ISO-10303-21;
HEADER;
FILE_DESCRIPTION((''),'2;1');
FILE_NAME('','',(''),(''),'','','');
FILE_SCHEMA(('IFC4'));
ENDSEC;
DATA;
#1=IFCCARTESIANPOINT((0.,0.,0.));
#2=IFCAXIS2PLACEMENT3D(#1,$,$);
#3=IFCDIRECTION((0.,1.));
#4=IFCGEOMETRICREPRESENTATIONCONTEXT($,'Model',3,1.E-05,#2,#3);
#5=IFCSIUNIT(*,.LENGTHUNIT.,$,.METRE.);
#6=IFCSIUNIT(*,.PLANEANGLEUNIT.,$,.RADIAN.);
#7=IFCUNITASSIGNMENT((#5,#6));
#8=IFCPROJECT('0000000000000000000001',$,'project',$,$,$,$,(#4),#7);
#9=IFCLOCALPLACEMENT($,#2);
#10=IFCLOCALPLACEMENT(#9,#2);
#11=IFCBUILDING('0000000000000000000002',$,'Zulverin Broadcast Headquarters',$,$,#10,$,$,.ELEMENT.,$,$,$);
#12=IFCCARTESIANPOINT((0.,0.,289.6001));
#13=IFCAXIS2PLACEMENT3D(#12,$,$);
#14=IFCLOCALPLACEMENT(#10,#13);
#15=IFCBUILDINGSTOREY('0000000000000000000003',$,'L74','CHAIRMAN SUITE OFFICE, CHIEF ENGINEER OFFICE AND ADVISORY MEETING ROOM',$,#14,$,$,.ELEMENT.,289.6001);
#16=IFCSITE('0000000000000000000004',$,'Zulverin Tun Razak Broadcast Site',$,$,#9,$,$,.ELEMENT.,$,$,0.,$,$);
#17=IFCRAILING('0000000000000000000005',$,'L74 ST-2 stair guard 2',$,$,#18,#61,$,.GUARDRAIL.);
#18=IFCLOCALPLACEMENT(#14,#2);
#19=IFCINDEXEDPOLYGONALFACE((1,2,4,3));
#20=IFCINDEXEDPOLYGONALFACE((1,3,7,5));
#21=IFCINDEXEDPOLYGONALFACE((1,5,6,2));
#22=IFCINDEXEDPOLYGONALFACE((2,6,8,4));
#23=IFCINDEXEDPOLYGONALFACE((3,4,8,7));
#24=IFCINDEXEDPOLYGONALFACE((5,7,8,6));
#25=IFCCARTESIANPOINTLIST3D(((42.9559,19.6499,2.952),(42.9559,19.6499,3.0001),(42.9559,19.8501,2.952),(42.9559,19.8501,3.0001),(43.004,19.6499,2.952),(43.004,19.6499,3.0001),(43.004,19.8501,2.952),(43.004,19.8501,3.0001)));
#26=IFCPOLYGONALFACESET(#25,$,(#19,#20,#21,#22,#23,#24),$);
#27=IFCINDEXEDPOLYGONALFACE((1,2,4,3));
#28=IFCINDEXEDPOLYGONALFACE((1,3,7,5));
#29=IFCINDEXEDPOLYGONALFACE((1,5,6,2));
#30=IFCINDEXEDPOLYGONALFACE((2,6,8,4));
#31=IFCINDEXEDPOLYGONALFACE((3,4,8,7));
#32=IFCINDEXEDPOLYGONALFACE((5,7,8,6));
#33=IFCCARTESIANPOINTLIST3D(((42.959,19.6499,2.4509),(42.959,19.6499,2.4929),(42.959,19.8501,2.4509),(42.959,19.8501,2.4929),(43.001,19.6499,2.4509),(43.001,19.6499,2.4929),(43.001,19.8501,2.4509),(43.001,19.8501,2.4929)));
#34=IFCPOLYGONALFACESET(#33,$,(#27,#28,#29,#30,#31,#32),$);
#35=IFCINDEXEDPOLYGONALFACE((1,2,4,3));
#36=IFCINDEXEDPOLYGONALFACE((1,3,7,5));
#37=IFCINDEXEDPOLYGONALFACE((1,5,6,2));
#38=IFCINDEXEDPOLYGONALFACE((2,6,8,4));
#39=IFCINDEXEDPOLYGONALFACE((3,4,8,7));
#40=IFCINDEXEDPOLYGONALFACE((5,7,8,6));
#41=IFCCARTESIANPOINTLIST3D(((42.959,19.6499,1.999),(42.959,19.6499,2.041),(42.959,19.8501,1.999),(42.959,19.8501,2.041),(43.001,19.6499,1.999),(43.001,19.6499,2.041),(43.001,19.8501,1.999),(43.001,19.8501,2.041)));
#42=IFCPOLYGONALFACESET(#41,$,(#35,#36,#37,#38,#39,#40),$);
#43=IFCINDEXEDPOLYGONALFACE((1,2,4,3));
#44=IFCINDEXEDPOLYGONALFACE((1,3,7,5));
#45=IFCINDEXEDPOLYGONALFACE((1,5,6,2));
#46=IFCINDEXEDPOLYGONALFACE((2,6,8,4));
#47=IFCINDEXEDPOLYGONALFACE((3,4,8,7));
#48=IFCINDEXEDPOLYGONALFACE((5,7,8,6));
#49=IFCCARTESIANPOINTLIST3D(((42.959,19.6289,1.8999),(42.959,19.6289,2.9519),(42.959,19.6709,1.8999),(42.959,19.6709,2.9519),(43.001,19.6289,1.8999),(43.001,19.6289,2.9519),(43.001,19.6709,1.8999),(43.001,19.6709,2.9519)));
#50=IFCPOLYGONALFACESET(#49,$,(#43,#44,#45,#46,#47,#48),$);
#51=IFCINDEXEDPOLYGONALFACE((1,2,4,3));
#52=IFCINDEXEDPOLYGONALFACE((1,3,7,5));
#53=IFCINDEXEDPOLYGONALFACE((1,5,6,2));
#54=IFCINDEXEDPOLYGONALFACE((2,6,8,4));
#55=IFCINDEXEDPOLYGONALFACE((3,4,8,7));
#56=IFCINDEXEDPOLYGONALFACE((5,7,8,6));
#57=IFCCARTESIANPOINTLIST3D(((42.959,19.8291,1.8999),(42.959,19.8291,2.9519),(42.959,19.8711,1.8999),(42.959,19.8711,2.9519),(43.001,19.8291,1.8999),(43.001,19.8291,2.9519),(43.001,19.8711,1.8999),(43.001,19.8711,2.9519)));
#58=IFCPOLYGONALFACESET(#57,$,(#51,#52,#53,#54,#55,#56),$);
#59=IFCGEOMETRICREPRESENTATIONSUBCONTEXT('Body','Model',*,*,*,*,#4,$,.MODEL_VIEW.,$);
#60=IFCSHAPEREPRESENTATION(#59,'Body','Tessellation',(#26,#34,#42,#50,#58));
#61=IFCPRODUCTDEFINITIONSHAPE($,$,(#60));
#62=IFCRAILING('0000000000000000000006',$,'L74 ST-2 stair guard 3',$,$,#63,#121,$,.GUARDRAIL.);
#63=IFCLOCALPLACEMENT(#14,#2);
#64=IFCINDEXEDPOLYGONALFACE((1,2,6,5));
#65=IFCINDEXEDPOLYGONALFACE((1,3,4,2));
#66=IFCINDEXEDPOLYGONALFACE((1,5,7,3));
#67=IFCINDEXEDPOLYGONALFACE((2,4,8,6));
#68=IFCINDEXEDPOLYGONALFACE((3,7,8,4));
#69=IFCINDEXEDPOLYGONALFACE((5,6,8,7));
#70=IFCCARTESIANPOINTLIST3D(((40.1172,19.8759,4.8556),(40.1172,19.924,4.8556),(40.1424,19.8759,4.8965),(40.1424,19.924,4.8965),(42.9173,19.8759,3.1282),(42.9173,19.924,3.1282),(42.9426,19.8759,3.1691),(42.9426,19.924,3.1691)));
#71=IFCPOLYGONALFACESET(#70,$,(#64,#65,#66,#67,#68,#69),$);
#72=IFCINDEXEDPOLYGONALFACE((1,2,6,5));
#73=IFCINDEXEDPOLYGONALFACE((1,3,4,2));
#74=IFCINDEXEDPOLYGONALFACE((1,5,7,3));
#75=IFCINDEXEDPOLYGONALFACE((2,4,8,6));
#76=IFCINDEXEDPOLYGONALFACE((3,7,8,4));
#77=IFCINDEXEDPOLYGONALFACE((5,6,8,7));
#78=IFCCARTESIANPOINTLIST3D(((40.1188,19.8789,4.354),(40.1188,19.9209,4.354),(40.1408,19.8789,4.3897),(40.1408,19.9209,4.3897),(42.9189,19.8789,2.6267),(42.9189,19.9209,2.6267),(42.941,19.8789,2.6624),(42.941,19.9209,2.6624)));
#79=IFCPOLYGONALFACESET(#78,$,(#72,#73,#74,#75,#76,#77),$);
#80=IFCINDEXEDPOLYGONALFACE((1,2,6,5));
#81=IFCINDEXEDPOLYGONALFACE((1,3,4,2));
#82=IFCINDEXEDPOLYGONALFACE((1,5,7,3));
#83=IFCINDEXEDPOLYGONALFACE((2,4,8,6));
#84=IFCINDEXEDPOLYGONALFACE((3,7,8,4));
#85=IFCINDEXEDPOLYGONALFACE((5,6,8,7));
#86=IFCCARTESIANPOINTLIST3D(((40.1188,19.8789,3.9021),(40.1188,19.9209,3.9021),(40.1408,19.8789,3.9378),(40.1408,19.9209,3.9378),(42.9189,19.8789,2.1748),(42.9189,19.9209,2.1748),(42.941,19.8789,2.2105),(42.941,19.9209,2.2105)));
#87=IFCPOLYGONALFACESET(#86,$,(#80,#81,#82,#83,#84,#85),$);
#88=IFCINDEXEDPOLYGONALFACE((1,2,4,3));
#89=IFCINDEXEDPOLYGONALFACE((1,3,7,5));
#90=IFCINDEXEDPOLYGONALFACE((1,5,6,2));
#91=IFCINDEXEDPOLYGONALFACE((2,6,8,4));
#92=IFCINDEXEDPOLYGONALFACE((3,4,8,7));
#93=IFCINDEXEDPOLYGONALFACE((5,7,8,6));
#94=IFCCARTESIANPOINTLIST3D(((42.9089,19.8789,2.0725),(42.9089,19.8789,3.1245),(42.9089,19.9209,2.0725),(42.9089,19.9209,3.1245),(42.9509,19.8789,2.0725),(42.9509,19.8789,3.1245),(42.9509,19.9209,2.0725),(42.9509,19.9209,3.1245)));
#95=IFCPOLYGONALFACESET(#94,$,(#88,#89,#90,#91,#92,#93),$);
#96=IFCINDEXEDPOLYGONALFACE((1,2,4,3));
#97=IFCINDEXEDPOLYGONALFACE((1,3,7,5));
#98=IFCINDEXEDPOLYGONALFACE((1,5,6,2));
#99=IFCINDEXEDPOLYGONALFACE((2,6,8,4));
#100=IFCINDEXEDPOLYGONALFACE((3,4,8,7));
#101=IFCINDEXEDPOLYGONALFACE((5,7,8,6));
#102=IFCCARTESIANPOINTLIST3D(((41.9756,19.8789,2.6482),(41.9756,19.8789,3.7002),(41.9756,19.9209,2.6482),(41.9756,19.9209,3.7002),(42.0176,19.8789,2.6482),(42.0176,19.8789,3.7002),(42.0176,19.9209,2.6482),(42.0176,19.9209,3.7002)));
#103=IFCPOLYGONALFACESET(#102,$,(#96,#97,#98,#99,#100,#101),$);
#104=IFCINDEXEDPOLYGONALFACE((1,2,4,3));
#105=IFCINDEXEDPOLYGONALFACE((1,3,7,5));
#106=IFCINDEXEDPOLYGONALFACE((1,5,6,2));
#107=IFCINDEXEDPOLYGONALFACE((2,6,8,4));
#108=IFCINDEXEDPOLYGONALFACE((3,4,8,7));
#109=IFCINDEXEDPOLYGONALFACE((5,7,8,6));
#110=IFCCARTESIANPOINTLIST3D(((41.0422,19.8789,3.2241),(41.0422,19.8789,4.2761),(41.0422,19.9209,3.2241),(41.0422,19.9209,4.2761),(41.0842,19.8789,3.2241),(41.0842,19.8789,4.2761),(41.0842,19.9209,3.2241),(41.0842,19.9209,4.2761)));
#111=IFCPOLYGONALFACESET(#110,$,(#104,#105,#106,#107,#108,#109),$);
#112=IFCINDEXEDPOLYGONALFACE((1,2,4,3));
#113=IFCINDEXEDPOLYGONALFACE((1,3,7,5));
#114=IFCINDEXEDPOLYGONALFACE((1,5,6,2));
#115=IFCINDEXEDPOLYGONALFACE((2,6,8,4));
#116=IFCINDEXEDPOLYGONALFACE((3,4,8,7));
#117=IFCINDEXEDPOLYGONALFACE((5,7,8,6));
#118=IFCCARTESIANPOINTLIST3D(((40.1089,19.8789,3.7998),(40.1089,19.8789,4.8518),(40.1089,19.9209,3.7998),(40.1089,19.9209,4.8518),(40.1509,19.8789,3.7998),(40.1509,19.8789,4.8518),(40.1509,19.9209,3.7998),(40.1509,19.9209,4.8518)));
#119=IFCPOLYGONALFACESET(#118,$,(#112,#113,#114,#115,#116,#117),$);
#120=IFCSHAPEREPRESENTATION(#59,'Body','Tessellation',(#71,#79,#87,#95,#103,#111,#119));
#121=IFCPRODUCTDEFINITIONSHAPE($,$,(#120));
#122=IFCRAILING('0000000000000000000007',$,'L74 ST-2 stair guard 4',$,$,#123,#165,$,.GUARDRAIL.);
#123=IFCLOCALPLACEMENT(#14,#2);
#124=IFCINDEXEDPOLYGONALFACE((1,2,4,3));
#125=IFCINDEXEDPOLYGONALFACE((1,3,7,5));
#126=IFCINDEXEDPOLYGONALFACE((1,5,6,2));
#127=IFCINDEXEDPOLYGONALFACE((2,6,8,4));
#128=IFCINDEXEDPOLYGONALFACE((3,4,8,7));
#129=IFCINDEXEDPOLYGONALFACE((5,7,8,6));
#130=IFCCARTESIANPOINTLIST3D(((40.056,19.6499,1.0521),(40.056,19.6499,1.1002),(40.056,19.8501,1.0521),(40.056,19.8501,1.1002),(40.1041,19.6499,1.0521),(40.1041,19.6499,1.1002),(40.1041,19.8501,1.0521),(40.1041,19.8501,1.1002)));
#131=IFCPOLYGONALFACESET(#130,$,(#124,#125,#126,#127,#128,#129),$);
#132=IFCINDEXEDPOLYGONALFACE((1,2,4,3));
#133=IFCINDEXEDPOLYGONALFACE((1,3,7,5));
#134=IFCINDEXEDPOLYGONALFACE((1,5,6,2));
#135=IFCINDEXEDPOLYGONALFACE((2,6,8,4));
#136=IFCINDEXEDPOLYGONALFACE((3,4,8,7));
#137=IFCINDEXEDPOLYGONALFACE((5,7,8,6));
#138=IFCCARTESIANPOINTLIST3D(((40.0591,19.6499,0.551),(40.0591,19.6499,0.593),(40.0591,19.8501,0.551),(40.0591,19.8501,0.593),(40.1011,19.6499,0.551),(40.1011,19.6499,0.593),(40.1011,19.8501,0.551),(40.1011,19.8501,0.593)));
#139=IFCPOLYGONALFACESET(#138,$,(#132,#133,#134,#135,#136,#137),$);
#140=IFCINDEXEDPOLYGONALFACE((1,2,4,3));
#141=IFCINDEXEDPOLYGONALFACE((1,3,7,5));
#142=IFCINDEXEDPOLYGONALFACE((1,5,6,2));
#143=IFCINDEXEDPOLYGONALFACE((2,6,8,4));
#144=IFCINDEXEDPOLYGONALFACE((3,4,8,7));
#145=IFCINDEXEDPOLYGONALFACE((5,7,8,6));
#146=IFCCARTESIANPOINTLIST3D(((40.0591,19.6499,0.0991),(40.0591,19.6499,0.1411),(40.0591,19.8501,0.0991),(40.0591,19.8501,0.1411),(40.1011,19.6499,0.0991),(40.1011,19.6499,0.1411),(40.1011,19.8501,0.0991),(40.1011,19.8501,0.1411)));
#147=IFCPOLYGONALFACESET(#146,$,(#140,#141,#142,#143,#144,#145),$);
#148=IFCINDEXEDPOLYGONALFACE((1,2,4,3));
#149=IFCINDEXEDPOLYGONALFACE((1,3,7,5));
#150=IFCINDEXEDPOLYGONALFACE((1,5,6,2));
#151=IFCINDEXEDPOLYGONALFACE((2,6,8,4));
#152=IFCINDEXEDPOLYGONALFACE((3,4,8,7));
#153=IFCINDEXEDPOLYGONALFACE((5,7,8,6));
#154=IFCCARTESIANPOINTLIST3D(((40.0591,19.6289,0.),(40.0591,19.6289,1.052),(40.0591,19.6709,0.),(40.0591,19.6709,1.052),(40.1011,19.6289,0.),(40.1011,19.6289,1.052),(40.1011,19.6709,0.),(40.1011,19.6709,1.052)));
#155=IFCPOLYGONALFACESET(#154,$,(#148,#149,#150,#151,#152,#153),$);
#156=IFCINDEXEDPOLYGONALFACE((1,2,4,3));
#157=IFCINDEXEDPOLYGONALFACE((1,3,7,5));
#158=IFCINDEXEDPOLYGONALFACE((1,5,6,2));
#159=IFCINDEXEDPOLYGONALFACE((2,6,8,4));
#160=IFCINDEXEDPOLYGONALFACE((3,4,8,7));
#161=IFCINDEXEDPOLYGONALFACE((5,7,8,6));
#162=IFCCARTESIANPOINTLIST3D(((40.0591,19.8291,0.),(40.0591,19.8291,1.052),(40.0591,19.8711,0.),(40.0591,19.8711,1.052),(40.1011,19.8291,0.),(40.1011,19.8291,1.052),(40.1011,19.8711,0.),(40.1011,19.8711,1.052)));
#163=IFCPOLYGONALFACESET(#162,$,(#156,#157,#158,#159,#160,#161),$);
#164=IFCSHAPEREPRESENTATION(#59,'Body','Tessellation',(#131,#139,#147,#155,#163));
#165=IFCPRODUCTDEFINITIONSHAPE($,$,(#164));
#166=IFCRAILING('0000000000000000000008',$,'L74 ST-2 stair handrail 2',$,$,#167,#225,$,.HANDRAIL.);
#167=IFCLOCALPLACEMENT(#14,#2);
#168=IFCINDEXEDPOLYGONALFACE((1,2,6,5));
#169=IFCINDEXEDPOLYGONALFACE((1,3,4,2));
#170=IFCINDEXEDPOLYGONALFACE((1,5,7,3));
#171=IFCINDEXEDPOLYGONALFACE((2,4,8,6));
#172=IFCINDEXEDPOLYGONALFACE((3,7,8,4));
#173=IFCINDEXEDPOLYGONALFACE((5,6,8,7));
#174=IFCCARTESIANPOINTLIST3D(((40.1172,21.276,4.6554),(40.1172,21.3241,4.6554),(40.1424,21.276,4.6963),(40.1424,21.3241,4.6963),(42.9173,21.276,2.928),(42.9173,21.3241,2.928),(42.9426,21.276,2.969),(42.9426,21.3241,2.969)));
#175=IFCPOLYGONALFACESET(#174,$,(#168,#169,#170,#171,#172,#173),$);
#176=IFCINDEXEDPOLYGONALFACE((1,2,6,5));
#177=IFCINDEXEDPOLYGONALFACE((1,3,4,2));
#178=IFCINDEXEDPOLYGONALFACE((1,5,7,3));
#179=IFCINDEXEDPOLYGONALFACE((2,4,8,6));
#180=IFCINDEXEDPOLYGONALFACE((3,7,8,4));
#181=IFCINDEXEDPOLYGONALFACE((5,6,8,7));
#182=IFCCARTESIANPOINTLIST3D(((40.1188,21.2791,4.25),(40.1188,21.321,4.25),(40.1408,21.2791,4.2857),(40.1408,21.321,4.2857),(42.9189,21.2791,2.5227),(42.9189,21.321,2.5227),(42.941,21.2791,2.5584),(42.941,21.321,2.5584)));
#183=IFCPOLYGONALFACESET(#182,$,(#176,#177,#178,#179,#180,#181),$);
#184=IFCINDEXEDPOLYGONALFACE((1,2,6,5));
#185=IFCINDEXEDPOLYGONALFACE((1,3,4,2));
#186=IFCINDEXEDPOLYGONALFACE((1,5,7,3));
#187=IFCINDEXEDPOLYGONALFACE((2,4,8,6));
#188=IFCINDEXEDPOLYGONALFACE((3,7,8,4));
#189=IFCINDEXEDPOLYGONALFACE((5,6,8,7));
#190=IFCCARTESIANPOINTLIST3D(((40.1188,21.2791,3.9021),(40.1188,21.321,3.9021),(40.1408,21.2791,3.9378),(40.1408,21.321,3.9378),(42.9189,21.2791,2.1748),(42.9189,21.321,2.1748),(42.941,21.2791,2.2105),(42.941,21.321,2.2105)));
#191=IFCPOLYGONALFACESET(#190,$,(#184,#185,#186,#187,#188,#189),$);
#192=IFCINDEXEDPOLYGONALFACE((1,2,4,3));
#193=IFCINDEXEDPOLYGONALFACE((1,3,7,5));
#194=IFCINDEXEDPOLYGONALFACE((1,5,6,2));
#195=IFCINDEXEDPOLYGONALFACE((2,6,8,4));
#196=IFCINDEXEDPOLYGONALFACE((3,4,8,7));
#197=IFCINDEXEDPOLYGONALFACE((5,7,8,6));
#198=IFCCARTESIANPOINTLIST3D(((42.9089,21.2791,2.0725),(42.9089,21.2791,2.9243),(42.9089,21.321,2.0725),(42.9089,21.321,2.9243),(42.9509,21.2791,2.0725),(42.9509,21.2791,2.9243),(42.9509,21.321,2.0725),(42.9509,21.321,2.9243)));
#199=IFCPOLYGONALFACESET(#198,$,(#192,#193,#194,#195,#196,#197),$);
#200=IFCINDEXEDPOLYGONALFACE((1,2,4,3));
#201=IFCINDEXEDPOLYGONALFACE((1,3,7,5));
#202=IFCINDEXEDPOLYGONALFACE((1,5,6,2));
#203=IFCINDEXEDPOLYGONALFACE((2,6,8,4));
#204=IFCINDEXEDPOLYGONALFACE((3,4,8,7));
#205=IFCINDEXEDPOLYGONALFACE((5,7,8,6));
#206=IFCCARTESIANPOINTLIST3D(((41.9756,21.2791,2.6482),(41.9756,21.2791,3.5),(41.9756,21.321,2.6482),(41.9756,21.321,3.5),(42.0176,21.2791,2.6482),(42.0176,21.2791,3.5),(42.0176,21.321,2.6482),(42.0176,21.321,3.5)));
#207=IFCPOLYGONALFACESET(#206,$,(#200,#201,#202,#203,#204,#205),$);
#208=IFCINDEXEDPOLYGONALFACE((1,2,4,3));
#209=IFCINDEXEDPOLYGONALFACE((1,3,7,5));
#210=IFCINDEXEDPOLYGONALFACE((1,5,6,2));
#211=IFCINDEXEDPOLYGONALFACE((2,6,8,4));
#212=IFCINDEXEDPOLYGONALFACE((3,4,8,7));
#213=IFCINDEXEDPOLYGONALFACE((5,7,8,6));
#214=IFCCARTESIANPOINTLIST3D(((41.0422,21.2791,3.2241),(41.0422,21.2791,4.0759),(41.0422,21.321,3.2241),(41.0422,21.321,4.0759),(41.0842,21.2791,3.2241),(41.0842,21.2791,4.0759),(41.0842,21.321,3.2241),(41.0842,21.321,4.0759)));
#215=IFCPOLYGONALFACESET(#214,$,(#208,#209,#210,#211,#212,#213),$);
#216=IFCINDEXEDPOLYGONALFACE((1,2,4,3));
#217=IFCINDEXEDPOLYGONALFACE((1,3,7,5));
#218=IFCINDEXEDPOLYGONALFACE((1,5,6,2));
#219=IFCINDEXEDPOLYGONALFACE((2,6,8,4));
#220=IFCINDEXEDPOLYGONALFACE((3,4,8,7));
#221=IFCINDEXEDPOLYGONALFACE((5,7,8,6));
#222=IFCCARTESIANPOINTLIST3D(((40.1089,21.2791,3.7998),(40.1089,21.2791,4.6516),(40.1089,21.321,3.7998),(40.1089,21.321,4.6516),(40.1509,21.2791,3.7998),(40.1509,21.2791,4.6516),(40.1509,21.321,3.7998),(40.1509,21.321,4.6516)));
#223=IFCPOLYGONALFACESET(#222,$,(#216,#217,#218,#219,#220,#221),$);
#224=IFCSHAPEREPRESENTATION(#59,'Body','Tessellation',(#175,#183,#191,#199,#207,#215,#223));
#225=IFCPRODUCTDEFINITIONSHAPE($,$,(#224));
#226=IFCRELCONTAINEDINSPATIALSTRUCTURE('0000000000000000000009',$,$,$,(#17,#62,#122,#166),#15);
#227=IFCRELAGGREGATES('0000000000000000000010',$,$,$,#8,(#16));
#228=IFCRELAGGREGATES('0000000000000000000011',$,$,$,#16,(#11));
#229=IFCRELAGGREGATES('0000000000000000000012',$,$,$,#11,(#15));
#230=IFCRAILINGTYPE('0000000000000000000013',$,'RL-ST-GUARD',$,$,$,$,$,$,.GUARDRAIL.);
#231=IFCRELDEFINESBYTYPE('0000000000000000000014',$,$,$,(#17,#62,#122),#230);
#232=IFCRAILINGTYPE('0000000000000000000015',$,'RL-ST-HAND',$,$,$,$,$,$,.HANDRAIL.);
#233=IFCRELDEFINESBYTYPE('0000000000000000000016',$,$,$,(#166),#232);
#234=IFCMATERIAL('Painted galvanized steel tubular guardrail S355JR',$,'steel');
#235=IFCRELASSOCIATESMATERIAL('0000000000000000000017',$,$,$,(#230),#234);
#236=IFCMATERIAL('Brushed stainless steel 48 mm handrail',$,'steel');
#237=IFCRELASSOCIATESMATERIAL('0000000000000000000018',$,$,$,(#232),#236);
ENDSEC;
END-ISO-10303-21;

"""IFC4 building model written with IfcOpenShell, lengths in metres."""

from ifc_helpers import new_model, si_unit, direction, frame, origin, origin_2d, place, context, subcontext, project, spatial, rectangle, extrude, material, type_object, element, save


model = new_model("IFC4")

# Units and contexts
model_context = context("Model", 3, precision=1e-05, world=origin(), true_north=direction((0.0, 1.0)))
body_context = subcontext(model_context, "Body", "Model", "MODEL_VIEW")
ifc_project = project(units=[si_unit("LENGTHUNIT", "METRE"), si_unit("PLANEANGLEUNIT", "RADIAN")], contexts=[model_context])

# Site, building, storey
site_placement = place(None, origin())
site = spatial("IfcSite", under=ifc_project, at=site_placement, Name="Zulverin Tun Razak Broadcast Site", CompositionType="ELEMENT", RefElevation=0.0)
building_placement = place(site_placement, origin())
building = spatial("IfcBuilding", under=site, at=building_placement, Name="Zulverin Broadcast Headquarters", CompositionType="ELEMENT")
storey_placement = place(building_placement, frame((0.0, 0.0, 289.6001)))
storey = spatial("IfcBuildingStorey", under=building, at=storey_placement, Name="L74", Description="CHAIRMAN SUITE OFFICE, CHIEF ENGINEER OFFICE AND ADVISORY MEETING ROOM", CompositionType="ELEMENT", Elevation=289.6001)

# Railings
ifc_material_1 = material(Name="Painted galvanized steel tubular guardrail S355JR", Category="steel")
railing_type_1 = type_object("IfcRailingType", Name="RL-ST-GUARD", PredefinedType="GUARDRAIL", material=ifc_material_1)
railing_1_placement = place(storey_placement, frame((42.98, 19.6499, 1.8999)))
element("IfcRailing", 1, at=railing_1_placement, inside=storey, type_object=railing_type_1, Name="L74 ST-2 stair guard 2", PredefinedType="GUARDRAIL", context=body_context, shape_type="SweptSolid", body=[
    extrude(rectangle(XDim=0.0481, YDim=0.0481, at=origin_2d()), frame((0.0, 0.0, 1.0762), z_axis=(0.0, 1.0, 0.0), x_axis=(-1.0, 0.0, 0.0)), (0.0, 0.0, 1.0), 0.2002),
    extrude(rectangle(XDim=0.042, YDim=0.042, at=origin_2d()), frame((0.0, 0.0, 0.572), z_axis=(0.0, 1.0, 0.0), x_axis=(-1.0, 0.0, 0.0)), (0.0, 0.0, 1.0), 0.2002),
    extrude(rectangle(XDim=0.042, YDim=0.042, at=origin_2d()), frame((0.0, 0.0, 0.1201), z_axis=(0.0, 1.0, 0.0), x_axis=(-1.0, 0.0, 0.0)), (0.0, 0.0, 1.0), 0.2002),
    extrude(rectangle(XDim=0.042, YDim=0.042, at=origin_2d()), origin(), (0.0, 0.0, 1.0), 1.052),
    extrude(rectangle(XDim=0.042, YDim=0.042, at=origin_2d()), frame((0.0, 0.2002, 0.0)), (0.0, 0.0, 1.0), 1.052),
])
railing_2_placement = place(storey_placement, frame((42.9299, 19.8999, 2.0725)))
element("IfcRailing", 2, at=railing_2_placement, inside=storey, type_object=railing_type_1, Name="L74 ST-2 stair guard 3", PredefinedType="GUARDRAIL", context=body_context, shape_type="SweptSolid", body=[
    extrude(rectangle(XDim=0.0481, YDim=0.0481, at=origin_2d()), frame((0.0, 0.0, 1.0762), z_axis=(-0.85109, 0.0, 0.52502), x_axis=(0.0, -1.0, 0.0)), (0.0, 0.0, 1.0), 3.29),
    extrude(rectangle(XDim=0.042, YDim=0.042, at=origin_2d()), frame((0.0, 0.0, 0.572), z_axis=(-0.85109, 0.0, 0.52502), x_axis=(0.0, -1.0, 0.0)), (0.0, 0.0, 1.0), 3.29),
    extrude(rectangle(XDim=0.042, YDim=0.042, at=origin_2d()), frame((0.0, 0.0, 0.1201), z_axis=(-0.85109, 0.0, 0.52502), x_axis=(0.0, -1.0, 0.0)), (0.0, 0.0, 1.0), 3.29),
    extrude(rectangle(XDim=0.042, YDim=0.042, at=origin_2d()), origin(), (0.0, 0.0, 1.0), 1.052),
    extrude(rectangle(XDim=0.042, YDim=0.042, at=origin_2d()), frame((-0.9333, 0.0, 0.5757)), (0.0, 0.0, 1.0), 1.052),
    extrude(rectangle(XDim=0.042, YDim=0.042, at=origin_2d()), frame((-1.8667, 0.0, 1.1516)), (0.0, 0.0, 1.0), 1.052),
    extrude(rectangle(XDim=0.042, YDim=0.042, at=origin_2d()), frame((-2.8, 0.0, 1.7273)), (0.0, 0.0, 1.0), 1.052),
])
railing_3_placement = place(storey_placement, frame((40.0801, 19.6499, 0.0)))
element("IfcRailing", 3, at=railing_3_placement, inside=storey, type_object=railing_type_1, Name="L74 ST-2 stair guard 4", PredefinedType="GUARDRAIL", context=body_context, shape_type="SweptSolid", body=[
    extrude(rectangle(XDim=0.0481, YDim=0.0481, at=origin_2d()), frame((0.0, 0.0, 1.0762), z_axis=(0.0, 1.0, 0.0), x_axis=(-1.0, 0.0, 0.0)), (0.0, 0.0, 1.0), 0.2002),
    extrude(rectangle(XDim=0.042, YDim=0.042, at=origin_2d()), frame((0.0, 0.0, 0.572), z_axis=(0.0, 1.0, 0.0), x_axis=(-1.0, 0.0, 0.0)), (0.0, 0.0, 1.0), 0.2002),
    extrude(rectangle(XDim=0.042, YDim=0.042, at=origin_2d()), frame((0.0, 0.0, 0.1201), z_axis=(0.0, 1.0, 0.0), x_axis=(-1.0, 0.0, 0.0)), (0.0, 0.0, 1.0), 0.2002),
    extrude(rectangle(XDim=0.042, YDim=0.042, at=origin_2d()), origin(), (0.0, 0.0, 1.0), 1.052),
    extrude(rectangle(XDim=0.042, YDim=0.042, at=origin_2d()), frame((0.0, 0.2002, 0.0)), (0.0, 0.0, 1.0), 1.052),
])
ifc_material_2 = material(Name="Brushed stainless steel 48 mm handrail", Category="steel")
railing_type_2 = type_object("IfcRailingType", Name="RL-ST-HAND", PredefinedType="HANDRAIL", material=ifc_material_2)
railing_4_placement = place(storey_placement, frame((42.9299, 21.3, 2.0725)))
element("IfcRailing", 4, at=railing_4_placement, inside=storey, type_object=railing_type_2, Name="L74 ST-2 stair handrail 2", PredefinedType="HANDRAIL", context=body_context, shape_type="SweptSolid", body=[
    extrude(rectangle(XDim=0.0481, YDim=0.0481, at=origin_2d()), frame((0.0, 0.0, 0.876), z_axis=(-0.85109, 0.0, 0.52502), x_axis=(0.0, -1.0, 0.0)), (0.0, 0.0, 1.0), 3.29),
    extrude(rectangle(XDim=0.042, YDim=0.042, at=origin_2d()), frame((0.0, 0.0, 0.468), z_axis=(-0.85109, 0.0, 0.52502), x_axis=(0.0, -1.0, 0.0)), (0.0, 0.0, 1.0), 3.29),
    extrude(rectangle(XDim=0.042, YDim=0.042, at=origin_2d()), frame((0.0, 0.0, 0.1201), z_axis=(-0.85109, 0.0, 0.52502), x_axis=(0.0, -1.0, 0.0)), (0.0, 0.0, 1.0), 3.29),
    extrude(rectangle(XDim=0.042, YDim=0.042, at=origin_2d()), origin(), (0.0, 0.0, 1.0), 0.8518),
    extrude(rectangle(XDim=0.042, YDim=0.042, at=origin_2d()), frame((-0.9333, 0.0, 0.5757)), (0.0, 0.0, 1.0), 0.8518),
    extrude(rectangle(XDim=0.042, YDim=0.042, at=origin_2d()), frame((-1.8667, 0.0, 1.1516)), (0.0, 0.0, 1.0), 0.8518),
    extrude(rectangle(XDim=0.042, YDim=0.042, at=origin_2d()), frame((-2.8, 0.0, 1.7273)), (0.0, 0.0, 1.0), 0.8518),
])

save(model, "model.ifc")
